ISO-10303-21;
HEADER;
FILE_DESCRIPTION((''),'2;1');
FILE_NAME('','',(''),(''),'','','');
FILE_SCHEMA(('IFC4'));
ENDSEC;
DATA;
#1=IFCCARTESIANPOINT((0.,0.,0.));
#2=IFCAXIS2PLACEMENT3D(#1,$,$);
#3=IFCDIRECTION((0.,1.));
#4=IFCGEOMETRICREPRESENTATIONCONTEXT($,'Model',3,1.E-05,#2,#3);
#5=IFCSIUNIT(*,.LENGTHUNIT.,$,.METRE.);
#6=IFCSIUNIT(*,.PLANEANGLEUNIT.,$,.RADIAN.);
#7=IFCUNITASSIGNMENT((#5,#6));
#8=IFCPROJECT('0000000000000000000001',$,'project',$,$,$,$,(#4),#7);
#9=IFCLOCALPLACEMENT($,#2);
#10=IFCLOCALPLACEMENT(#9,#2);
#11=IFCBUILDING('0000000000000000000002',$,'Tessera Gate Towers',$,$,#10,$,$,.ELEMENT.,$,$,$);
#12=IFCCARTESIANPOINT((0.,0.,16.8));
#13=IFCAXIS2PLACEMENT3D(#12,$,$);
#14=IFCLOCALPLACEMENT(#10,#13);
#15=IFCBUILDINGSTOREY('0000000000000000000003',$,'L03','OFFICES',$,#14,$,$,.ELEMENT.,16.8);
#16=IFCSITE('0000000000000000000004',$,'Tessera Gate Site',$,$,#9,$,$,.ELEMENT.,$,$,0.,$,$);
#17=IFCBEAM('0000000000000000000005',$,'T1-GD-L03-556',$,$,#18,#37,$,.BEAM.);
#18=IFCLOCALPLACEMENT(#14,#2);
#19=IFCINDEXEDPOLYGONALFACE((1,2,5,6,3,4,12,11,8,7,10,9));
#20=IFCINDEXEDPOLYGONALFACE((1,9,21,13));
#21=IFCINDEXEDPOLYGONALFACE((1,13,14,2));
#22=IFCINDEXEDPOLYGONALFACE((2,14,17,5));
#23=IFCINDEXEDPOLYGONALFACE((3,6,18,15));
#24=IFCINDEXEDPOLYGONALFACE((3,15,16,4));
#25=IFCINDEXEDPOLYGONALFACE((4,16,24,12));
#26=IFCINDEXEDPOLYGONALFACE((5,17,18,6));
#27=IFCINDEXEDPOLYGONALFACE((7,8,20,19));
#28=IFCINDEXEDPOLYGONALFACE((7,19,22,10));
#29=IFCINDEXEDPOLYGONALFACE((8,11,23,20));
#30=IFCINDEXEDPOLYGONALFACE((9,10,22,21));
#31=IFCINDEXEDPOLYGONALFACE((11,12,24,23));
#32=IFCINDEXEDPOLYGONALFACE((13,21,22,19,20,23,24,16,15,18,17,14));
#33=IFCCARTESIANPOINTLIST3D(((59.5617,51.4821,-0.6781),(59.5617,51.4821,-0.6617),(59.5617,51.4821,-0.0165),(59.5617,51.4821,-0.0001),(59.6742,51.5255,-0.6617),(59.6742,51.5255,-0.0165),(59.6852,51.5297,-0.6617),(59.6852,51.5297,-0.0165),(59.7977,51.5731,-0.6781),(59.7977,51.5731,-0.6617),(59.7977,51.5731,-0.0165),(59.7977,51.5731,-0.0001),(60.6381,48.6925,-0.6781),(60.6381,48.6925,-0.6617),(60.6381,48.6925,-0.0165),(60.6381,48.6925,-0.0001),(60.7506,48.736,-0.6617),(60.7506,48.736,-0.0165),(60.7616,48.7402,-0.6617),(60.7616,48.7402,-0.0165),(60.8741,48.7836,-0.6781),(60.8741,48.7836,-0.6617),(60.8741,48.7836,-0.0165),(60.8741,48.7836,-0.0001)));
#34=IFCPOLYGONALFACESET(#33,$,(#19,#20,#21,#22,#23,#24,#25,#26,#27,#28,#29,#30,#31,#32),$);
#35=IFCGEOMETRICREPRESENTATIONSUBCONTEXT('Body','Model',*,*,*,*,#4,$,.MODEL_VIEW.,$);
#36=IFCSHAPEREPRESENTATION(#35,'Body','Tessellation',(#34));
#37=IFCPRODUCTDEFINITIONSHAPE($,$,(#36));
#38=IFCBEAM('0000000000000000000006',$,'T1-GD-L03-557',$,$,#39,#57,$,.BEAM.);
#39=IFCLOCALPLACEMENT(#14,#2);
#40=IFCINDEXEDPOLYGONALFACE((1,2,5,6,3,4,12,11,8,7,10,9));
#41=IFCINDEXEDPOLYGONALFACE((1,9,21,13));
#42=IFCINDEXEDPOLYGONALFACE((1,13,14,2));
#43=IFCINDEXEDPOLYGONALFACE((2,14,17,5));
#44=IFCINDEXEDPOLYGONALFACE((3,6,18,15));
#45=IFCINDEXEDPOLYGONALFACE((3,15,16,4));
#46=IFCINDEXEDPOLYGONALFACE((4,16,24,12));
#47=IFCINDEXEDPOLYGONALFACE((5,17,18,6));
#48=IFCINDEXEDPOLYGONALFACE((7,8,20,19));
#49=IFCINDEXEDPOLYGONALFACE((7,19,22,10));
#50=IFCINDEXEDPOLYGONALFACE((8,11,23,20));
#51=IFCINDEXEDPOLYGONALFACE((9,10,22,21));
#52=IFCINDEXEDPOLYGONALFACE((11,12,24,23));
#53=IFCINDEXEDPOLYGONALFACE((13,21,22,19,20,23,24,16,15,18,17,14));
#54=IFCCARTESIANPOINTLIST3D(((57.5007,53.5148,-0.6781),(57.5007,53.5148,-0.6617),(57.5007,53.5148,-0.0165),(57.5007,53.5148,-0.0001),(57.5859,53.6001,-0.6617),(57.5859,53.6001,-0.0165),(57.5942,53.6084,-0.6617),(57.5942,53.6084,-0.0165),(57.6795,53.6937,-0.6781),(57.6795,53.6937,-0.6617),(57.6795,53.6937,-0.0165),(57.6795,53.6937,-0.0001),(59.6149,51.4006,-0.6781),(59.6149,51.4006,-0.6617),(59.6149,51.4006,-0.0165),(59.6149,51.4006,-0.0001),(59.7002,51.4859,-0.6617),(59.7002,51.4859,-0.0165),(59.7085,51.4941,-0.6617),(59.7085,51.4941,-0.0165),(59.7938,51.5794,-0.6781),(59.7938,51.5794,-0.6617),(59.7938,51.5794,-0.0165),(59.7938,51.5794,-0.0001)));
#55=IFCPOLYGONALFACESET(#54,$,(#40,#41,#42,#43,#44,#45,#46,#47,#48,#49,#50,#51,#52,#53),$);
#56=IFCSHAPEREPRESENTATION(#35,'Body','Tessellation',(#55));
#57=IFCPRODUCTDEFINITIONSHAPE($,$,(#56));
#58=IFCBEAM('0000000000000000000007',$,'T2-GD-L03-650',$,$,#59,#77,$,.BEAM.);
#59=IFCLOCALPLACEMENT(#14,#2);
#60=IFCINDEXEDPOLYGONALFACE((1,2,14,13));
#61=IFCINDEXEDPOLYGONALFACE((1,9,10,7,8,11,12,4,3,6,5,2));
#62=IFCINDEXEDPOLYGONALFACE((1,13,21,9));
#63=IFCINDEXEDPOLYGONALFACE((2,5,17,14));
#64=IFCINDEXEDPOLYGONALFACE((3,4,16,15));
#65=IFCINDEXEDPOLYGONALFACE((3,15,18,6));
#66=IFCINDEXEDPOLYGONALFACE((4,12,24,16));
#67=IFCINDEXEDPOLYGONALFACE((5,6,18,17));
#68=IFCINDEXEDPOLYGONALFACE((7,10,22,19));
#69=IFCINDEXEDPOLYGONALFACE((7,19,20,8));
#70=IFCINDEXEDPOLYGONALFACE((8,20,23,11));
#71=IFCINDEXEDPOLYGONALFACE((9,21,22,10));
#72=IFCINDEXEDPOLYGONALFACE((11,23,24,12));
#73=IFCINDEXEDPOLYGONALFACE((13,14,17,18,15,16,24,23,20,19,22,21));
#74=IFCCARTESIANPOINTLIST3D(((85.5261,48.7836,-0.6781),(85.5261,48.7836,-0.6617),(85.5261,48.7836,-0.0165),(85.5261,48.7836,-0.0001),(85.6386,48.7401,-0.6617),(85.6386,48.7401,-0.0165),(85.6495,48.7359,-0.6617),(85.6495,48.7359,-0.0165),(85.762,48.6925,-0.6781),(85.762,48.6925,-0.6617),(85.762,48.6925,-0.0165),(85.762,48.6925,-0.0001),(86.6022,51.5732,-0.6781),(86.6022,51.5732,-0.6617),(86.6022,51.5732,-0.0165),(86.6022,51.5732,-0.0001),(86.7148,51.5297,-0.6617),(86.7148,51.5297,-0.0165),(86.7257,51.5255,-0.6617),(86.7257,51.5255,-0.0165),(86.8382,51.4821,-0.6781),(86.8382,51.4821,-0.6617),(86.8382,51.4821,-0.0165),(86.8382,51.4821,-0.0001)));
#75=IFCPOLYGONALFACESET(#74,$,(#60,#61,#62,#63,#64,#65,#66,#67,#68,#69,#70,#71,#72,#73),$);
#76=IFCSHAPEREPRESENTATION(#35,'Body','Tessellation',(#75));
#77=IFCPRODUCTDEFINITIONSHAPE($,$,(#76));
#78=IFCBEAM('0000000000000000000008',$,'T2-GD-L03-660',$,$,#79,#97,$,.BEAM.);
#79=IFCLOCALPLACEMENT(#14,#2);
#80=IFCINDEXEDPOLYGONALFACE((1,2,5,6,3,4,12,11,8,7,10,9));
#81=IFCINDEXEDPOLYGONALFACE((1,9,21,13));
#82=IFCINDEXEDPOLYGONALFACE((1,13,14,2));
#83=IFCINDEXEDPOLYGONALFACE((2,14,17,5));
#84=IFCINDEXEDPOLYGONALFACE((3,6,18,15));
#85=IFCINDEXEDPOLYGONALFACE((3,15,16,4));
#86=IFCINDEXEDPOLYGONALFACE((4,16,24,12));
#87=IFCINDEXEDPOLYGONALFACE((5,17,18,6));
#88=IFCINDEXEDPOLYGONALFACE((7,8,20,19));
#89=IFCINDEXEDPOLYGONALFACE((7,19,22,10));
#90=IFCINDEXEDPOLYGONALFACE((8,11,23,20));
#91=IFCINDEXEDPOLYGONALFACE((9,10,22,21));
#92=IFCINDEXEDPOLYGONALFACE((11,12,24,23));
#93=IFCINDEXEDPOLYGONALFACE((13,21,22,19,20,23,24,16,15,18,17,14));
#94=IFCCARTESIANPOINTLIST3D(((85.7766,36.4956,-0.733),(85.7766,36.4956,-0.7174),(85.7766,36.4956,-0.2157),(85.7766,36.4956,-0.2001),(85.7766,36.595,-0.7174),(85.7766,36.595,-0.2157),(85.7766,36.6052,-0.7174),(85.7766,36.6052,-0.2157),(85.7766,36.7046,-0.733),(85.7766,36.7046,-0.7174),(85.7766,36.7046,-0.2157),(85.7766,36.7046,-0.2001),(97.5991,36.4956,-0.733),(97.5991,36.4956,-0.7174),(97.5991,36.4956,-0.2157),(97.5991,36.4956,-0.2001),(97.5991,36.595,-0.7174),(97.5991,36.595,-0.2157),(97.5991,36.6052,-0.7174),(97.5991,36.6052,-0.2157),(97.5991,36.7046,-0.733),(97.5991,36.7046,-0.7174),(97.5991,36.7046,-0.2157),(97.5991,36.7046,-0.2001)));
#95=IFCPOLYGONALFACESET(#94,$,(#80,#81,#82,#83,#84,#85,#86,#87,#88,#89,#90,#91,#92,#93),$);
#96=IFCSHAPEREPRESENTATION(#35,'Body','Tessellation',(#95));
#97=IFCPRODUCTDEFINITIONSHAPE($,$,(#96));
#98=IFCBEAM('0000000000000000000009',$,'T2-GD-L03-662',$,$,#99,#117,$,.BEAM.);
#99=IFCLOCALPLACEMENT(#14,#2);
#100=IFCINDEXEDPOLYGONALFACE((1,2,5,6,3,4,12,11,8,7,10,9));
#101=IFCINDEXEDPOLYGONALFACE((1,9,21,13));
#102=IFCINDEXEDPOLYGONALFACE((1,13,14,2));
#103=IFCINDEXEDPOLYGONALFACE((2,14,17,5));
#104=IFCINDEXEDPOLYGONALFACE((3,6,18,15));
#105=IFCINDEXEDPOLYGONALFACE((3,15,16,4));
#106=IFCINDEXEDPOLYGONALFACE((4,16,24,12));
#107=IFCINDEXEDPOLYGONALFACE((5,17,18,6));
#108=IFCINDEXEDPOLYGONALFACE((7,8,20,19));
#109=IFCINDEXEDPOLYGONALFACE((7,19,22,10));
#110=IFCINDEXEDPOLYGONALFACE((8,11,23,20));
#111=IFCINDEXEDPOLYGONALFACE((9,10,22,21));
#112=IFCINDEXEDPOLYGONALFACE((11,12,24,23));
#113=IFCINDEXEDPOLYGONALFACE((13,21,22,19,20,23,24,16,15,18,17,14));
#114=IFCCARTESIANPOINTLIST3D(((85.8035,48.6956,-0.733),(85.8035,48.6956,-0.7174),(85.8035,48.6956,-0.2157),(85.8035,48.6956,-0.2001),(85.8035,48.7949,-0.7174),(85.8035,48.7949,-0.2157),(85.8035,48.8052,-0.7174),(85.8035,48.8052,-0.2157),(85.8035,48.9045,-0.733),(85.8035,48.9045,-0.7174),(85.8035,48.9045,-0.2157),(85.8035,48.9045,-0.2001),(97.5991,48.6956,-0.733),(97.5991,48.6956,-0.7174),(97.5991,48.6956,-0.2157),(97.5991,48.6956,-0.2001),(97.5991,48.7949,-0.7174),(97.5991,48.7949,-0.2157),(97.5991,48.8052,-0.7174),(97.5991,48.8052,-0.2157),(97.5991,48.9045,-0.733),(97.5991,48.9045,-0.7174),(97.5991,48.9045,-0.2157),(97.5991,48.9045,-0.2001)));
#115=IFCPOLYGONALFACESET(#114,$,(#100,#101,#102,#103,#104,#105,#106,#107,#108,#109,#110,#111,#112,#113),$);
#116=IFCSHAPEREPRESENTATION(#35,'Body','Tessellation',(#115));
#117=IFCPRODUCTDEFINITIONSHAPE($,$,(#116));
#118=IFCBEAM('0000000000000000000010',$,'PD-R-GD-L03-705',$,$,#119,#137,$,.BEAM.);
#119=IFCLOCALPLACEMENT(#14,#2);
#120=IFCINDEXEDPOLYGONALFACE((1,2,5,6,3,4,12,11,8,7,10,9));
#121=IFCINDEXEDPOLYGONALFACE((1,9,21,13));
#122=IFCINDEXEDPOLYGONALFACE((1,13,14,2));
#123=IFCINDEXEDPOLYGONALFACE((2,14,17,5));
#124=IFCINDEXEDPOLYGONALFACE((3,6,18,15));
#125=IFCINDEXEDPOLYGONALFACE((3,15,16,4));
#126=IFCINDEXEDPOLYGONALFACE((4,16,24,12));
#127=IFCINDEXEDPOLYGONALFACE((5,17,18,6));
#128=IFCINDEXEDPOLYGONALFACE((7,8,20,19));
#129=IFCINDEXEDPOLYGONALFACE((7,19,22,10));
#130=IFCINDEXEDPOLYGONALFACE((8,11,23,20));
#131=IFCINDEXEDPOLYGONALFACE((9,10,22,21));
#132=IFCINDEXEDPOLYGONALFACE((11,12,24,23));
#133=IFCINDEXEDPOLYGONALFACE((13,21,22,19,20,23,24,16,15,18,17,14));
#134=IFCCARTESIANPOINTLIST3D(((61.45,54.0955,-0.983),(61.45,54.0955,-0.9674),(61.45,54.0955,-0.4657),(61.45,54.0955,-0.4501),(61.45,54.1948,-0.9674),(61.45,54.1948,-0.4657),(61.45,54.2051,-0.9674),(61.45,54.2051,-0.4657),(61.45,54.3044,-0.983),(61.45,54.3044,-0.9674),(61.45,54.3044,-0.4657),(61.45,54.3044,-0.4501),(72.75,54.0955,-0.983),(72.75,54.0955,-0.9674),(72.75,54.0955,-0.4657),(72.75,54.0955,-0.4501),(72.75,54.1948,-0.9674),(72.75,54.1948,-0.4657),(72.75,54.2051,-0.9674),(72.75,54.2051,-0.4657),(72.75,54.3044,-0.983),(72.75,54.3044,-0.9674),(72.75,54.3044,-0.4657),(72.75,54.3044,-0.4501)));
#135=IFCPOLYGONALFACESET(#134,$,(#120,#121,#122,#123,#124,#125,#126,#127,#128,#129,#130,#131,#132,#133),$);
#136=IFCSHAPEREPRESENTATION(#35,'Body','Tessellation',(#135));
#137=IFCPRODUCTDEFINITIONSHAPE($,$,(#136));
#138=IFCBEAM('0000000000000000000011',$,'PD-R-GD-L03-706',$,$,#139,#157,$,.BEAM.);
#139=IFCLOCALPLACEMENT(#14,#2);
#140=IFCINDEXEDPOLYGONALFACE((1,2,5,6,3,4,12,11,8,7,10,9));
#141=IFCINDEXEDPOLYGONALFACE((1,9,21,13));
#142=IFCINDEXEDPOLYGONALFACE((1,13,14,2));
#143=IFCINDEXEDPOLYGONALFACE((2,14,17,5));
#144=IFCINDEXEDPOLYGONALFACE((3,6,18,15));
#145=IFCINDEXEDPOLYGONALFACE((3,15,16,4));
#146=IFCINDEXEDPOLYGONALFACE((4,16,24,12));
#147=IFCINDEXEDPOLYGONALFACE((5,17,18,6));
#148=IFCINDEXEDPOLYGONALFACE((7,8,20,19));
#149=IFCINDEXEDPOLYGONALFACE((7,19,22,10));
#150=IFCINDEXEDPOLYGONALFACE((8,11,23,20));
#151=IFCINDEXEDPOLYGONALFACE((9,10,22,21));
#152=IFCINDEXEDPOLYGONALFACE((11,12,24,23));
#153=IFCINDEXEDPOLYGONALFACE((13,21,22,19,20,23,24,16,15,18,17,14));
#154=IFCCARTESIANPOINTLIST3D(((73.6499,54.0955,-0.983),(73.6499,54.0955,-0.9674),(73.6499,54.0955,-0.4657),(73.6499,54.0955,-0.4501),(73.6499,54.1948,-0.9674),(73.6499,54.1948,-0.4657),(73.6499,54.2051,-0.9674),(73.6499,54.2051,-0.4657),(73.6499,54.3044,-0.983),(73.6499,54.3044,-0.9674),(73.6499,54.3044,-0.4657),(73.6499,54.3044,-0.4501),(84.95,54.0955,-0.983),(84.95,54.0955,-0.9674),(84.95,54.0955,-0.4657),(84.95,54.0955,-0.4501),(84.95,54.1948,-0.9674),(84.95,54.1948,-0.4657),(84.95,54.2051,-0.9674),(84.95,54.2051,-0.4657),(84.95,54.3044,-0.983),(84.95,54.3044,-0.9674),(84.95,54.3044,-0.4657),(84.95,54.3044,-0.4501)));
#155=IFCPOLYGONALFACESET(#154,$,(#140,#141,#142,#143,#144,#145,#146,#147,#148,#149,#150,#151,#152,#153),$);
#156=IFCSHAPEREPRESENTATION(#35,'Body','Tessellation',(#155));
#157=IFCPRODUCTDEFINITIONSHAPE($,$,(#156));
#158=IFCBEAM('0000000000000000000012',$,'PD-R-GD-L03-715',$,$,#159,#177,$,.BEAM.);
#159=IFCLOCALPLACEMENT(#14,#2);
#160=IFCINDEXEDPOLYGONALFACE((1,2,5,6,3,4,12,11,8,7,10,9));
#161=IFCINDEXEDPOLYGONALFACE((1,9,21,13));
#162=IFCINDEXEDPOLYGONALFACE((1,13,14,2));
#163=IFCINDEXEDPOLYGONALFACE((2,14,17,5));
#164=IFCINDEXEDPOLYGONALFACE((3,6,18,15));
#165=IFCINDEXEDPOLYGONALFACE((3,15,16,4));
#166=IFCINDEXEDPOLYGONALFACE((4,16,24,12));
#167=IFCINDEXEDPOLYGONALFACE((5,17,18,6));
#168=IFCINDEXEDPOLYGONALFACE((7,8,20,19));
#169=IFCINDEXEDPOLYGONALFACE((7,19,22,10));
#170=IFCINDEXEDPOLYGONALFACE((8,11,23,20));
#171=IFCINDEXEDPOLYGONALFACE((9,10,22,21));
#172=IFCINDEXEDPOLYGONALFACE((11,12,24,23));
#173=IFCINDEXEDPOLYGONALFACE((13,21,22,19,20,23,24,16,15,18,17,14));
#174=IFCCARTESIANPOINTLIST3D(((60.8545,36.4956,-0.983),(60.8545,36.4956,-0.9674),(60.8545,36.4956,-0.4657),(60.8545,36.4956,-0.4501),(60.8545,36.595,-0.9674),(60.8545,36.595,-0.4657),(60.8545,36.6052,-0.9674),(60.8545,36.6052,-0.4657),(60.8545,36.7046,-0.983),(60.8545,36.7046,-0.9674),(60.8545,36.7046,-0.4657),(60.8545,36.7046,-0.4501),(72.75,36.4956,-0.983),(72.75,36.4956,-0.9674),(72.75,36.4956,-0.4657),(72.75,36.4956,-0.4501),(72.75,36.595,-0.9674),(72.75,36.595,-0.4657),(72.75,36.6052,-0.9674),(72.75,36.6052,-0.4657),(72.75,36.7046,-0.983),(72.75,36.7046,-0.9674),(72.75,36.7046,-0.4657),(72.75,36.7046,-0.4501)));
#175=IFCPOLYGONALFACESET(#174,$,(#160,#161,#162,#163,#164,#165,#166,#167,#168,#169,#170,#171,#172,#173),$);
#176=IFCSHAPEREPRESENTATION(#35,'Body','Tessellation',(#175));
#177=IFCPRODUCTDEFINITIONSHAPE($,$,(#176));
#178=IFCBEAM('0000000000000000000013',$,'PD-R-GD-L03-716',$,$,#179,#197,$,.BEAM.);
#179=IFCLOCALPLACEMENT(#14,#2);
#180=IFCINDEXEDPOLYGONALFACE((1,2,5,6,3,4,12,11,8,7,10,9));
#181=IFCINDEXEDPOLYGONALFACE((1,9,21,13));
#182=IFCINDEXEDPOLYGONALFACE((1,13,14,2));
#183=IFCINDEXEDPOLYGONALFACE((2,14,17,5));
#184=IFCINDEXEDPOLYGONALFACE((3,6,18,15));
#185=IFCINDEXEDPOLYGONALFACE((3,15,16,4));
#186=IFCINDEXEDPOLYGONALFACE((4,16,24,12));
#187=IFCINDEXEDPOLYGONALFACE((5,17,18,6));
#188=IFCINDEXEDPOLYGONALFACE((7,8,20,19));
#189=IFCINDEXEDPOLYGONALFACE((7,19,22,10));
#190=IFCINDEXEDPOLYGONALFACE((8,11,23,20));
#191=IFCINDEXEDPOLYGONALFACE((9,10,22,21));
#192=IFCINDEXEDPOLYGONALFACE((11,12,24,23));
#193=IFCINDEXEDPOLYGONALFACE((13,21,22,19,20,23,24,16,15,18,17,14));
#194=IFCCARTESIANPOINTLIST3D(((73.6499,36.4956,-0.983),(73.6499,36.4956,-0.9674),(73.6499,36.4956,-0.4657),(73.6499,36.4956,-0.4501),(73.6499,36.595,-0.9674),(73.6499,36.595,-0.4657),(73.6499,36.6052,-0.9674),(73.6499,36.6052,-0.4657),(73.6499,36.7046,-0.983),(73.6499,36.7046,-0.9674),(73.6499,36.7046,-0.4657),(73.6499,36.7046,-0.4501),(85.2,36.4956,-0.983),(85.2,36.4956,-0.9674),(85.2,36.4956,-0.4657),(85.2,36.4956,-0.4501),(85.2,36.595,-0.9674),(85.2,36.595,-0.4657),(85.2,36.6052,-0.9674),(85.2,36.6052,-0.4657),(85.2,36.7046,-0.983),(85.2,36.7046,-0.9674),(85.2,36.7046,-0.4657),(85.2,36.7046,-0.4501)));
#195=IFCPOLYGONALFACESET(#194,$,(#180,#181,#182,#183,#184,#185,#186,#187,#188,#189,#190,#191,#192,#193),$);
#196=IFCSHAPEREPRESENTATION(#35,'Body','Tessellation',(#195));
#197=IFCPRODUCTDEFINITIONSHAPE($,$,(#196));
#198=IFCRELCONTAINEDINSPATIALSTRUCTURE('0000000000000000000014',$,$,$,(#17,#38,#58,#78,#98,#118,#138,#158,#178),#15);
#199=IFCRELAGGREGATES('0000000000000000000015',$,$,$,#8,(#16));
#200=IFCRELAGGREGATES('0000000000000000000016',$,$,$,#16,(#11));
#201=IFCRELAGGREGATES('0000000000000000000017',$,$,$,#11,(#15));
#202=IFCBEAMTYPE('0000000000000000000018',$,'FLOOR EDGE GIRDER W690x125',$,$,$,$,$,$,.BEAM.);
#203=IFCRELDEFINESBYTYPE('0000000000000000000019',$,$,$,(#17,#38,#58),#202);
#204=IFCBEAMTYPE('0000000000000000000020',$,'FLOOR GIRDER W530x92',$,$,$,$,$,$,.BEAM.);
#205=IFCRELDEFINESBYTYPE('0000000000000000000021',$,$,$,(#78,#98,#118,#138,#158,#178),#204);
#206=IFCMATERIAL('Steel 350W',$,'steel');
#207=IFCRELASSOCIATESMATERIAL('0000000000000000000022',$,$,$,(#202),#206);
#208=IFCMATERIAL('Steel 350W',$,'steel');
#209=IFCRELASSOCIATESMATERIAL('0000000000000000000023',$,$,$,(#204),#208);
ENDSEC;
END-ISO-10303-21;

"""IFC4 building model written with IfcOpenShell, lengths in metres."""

from ifc_helpers import new_model, si_unit, direction, frame, origin, origin_2d, place, context, subcontext, project, spatial, i_section, extrude, material, material_profile, profile_set, type_object, element, save


model = new_model("IFC4")

# Units and contexts
model_context = context("Model", 3, precision=1e-05, world=origin(), true_north=direction((0.0, 1.0)))
body_context = subcontext(model_context, "Body", "Model", "MODEL_VIEW")
ifc_project = project(units=[si_unit("LENGTHUNIT", "METRE"), si_unit("PLANEANGLEUNIT", "RADIAN")], contexts=[model_context])

# Site, building, storey
site_placement = place(None, origin())
site = spatial("IfcSite", under=ifc_project, at=site_placement, Name="Tessera Gate Site", CompositionType="ELEMENT", RefElevation=0.0)
building_placement = place(site_placement, origin())
building = spatial("IfcBuilding", under=site, at=building_placement, Name="Tessera Gate Towers", CompositionType="ELEMENT")
storey_placement = place(building_placement, frame((0.0, 0.0, 16.8)))
storey = spatial("IfcBuildingStorey", under=building, at=storey_placement, Name="L03", Description="OFFICES", CompositionType="ELEMENT", Elevation=16.8)

# Beams
ifc_material_1 = material(Name="Steel 350W", Category="steel")
ifc_material_profile_1 = material_profile(ifc_material_1, i_section(OverallWidth=0.2529, OverallDepth=0.678, WebThickness=0.0117, FlangeThickness=0.0164, at=origin_2d()), Name="W690x125")
ifc_profile_set_1 = profile_set([ifc_material_profile_1], Name="Steel 350W")
beam_type_1 = type_object("IfcBeamType", Name="FLOOR EDGE GIRDER W690x125", PredefinedType="BEAM", material=ifc_profile_set_1)
for number, where, z_axis, x_axis, name in (
    (1, (59.6797, 51.5276, -0.3391), (0.360002, -0.932952, 0.0), (0.932952, 0.360002, 0.0), "T1-GD-L03-556"),
    (2, (57.5901, 53.6042, -0.3391), (0.707107, -0.707107, 0.0), (0.707107, 0.707107, 0.0), "T1-GD-L03-557"),
    (3, (85.644, 48.738, -0.3391), (0.359931, 0.932979, 0.0), (-0.932979, 0.359931, 0.0), "T2-GD-L03-650"),
):
    element("IfcBeam", number, at=place(storey_placement, frame(where, z_axis=z_axis, x_axis=x_axis)), inside=storey, type_object=beam_type_1, Name=name, PredefinedType="BEAM", context=body_context, shape_type="SweptSolid", body=[
        extrude(i_section(OverallWidth=0.2529, OverallDepth=0.678, WebThickness=0.0117, FlangeThickness=0.0164, at=origin_2d()), origin(), (0.0, 0.0, 1.0), 2.99),
    ])
ifc_material_2 = material(Name="Steel 350W", Category="steel")
ifc_material_profile_2 = material_profile(ifc_material_2, i_section(OverallWidth=0.209, OverallDepth=0.533, WebThickness=0.0103, FlangeThickness=0.0156, at=origin_2d()), Name="W530x92")
ifc_profile_set_2 = profile_set([ifc_material_profile_2], Name="Steel 350W")
beam_type_2 = type_object("IfcBeamType", Name="FLOOR GIRDER W530x92", PredefinedType="BEAM", material=ifc_profile_set_2)
beam_1_placement = place(storey_placement, frame((85.7766, 36.6001, -0.4666), z_axis=(1.0, 0.0, 0.0), x_axis=(0.0, 1.0, 0.0)))
element("IfcBeam", 4, at=beam_1_placement, inside=storey, type_object=beam_type_2, Name="T2-GD-L03-660", PredefinedType="BEAM", context=body_context, shape_type="SweptSolid", body=[
    extrude(i_section(OverallWidth=0.209, OverallDepth=0.533, WebThickness=0.0103, FlangeThickness=0.0156, at=origin_2d()), origin(), (0.0, 0.0, 1.0), 11.8225),
])
beam_2_placement = place(storey_placement, frame((85.8035, 48.8, -0.4666), z_axis=(1.0, 0.0, 0.0), x_axis=(0.0, 1.0, 0.0)))
element("IfcBeam", 5, at=beam_2_placement, inside=storey, type_object=beam_type_2, Name="T2-GD-L03-662", PredefinedType="BEAM", context=body_context, shape_type="SweptSolid", body=[
    extrude(i_section(OverallWidth=0.209, OverallDepth=0.533, WebThickness=0.0103, FlangeThickness=0.0156, at=origin_2d()), origin(), (0.0, 0.0, 1.0), 11.7957),
])
for number, where, z_axis, x_axis, name in (
    (6, (61.45, 54.2, -0.7166), (1.0, 0.0, 0.0), (0.0, 1.0, 0.0), "PD-R-GD-L03-705"),
    (7, (73.6499, 54.2, -0.7166), (1.0, 0.0, 0.0), (0.0, 1.0, 0.0), "PD-R-GD-L03-706"),
):
    element("IfcBeam", number, at=place(storey_placement, frame(where, z_axis=z_axis, x_axis=x_axis)), inside=storey, type_object=beam_type_2, Name=name, PredefinedType="BEAM", context=body_context, shape_type="SweptSolid", body=[
        extrude(i_section(OverallWidth=0.209, OverallDepth=0.533, WebThickness=0.0103, FlangeThickness=0.0156, at=origin_2d()), origin(), (0.0, 0.0, 1.0), 11.3),
    ])
beam_3_placement = place(storey_placement, frame((60.8545, 36.6001, -0.7166), z_axis=(1.0, 0.0, 0.0), x_axis=(0.0, 1.0, 0.0)))
element("IfcBeam", 8, at=beam_3_placement, inside=storey, type_object=beam_type_2, Name="PD-R-GD-L03-715", PredefinedType="BEAM", context=body_context, shape_type="SweptSolid", body=[
    extrude(i_section(OverallWidth=0.209, OverallDepth=0.533, WebThickness=0.0103, FlangeThickness=0.0156, at=origin_2d()), origin(), (0.0, 0.0, 1.0), 11.8955),
])
for number, where, z_axis, x_axis, name in (
    (9, (73.6499, 36.6001, -0.7166), (1.0, 0.0, 0.0), (0.0, 1.0, 0.0), "PD-R-GD-L03-716"),
):
    element("IfcBeam", number, at=place(storey_placement, frame(where, z_axis=z_axis, x_axis=x_axis)), inside=storey, type_object=beam_type_2, Name=name, PredefinedType="BEAM", context=body_context, shape_type="SweptSolid", body=[
        extrude(i_section(OverallWidth=0.209, OverallDepth=0.533, WebThickness=0.0103, FlangeThickness=0.0156, at=origin_2d()), origin(), (0.0, 0.0, 1.0), 11.55),
    ])

save(model, "model.ifc")
